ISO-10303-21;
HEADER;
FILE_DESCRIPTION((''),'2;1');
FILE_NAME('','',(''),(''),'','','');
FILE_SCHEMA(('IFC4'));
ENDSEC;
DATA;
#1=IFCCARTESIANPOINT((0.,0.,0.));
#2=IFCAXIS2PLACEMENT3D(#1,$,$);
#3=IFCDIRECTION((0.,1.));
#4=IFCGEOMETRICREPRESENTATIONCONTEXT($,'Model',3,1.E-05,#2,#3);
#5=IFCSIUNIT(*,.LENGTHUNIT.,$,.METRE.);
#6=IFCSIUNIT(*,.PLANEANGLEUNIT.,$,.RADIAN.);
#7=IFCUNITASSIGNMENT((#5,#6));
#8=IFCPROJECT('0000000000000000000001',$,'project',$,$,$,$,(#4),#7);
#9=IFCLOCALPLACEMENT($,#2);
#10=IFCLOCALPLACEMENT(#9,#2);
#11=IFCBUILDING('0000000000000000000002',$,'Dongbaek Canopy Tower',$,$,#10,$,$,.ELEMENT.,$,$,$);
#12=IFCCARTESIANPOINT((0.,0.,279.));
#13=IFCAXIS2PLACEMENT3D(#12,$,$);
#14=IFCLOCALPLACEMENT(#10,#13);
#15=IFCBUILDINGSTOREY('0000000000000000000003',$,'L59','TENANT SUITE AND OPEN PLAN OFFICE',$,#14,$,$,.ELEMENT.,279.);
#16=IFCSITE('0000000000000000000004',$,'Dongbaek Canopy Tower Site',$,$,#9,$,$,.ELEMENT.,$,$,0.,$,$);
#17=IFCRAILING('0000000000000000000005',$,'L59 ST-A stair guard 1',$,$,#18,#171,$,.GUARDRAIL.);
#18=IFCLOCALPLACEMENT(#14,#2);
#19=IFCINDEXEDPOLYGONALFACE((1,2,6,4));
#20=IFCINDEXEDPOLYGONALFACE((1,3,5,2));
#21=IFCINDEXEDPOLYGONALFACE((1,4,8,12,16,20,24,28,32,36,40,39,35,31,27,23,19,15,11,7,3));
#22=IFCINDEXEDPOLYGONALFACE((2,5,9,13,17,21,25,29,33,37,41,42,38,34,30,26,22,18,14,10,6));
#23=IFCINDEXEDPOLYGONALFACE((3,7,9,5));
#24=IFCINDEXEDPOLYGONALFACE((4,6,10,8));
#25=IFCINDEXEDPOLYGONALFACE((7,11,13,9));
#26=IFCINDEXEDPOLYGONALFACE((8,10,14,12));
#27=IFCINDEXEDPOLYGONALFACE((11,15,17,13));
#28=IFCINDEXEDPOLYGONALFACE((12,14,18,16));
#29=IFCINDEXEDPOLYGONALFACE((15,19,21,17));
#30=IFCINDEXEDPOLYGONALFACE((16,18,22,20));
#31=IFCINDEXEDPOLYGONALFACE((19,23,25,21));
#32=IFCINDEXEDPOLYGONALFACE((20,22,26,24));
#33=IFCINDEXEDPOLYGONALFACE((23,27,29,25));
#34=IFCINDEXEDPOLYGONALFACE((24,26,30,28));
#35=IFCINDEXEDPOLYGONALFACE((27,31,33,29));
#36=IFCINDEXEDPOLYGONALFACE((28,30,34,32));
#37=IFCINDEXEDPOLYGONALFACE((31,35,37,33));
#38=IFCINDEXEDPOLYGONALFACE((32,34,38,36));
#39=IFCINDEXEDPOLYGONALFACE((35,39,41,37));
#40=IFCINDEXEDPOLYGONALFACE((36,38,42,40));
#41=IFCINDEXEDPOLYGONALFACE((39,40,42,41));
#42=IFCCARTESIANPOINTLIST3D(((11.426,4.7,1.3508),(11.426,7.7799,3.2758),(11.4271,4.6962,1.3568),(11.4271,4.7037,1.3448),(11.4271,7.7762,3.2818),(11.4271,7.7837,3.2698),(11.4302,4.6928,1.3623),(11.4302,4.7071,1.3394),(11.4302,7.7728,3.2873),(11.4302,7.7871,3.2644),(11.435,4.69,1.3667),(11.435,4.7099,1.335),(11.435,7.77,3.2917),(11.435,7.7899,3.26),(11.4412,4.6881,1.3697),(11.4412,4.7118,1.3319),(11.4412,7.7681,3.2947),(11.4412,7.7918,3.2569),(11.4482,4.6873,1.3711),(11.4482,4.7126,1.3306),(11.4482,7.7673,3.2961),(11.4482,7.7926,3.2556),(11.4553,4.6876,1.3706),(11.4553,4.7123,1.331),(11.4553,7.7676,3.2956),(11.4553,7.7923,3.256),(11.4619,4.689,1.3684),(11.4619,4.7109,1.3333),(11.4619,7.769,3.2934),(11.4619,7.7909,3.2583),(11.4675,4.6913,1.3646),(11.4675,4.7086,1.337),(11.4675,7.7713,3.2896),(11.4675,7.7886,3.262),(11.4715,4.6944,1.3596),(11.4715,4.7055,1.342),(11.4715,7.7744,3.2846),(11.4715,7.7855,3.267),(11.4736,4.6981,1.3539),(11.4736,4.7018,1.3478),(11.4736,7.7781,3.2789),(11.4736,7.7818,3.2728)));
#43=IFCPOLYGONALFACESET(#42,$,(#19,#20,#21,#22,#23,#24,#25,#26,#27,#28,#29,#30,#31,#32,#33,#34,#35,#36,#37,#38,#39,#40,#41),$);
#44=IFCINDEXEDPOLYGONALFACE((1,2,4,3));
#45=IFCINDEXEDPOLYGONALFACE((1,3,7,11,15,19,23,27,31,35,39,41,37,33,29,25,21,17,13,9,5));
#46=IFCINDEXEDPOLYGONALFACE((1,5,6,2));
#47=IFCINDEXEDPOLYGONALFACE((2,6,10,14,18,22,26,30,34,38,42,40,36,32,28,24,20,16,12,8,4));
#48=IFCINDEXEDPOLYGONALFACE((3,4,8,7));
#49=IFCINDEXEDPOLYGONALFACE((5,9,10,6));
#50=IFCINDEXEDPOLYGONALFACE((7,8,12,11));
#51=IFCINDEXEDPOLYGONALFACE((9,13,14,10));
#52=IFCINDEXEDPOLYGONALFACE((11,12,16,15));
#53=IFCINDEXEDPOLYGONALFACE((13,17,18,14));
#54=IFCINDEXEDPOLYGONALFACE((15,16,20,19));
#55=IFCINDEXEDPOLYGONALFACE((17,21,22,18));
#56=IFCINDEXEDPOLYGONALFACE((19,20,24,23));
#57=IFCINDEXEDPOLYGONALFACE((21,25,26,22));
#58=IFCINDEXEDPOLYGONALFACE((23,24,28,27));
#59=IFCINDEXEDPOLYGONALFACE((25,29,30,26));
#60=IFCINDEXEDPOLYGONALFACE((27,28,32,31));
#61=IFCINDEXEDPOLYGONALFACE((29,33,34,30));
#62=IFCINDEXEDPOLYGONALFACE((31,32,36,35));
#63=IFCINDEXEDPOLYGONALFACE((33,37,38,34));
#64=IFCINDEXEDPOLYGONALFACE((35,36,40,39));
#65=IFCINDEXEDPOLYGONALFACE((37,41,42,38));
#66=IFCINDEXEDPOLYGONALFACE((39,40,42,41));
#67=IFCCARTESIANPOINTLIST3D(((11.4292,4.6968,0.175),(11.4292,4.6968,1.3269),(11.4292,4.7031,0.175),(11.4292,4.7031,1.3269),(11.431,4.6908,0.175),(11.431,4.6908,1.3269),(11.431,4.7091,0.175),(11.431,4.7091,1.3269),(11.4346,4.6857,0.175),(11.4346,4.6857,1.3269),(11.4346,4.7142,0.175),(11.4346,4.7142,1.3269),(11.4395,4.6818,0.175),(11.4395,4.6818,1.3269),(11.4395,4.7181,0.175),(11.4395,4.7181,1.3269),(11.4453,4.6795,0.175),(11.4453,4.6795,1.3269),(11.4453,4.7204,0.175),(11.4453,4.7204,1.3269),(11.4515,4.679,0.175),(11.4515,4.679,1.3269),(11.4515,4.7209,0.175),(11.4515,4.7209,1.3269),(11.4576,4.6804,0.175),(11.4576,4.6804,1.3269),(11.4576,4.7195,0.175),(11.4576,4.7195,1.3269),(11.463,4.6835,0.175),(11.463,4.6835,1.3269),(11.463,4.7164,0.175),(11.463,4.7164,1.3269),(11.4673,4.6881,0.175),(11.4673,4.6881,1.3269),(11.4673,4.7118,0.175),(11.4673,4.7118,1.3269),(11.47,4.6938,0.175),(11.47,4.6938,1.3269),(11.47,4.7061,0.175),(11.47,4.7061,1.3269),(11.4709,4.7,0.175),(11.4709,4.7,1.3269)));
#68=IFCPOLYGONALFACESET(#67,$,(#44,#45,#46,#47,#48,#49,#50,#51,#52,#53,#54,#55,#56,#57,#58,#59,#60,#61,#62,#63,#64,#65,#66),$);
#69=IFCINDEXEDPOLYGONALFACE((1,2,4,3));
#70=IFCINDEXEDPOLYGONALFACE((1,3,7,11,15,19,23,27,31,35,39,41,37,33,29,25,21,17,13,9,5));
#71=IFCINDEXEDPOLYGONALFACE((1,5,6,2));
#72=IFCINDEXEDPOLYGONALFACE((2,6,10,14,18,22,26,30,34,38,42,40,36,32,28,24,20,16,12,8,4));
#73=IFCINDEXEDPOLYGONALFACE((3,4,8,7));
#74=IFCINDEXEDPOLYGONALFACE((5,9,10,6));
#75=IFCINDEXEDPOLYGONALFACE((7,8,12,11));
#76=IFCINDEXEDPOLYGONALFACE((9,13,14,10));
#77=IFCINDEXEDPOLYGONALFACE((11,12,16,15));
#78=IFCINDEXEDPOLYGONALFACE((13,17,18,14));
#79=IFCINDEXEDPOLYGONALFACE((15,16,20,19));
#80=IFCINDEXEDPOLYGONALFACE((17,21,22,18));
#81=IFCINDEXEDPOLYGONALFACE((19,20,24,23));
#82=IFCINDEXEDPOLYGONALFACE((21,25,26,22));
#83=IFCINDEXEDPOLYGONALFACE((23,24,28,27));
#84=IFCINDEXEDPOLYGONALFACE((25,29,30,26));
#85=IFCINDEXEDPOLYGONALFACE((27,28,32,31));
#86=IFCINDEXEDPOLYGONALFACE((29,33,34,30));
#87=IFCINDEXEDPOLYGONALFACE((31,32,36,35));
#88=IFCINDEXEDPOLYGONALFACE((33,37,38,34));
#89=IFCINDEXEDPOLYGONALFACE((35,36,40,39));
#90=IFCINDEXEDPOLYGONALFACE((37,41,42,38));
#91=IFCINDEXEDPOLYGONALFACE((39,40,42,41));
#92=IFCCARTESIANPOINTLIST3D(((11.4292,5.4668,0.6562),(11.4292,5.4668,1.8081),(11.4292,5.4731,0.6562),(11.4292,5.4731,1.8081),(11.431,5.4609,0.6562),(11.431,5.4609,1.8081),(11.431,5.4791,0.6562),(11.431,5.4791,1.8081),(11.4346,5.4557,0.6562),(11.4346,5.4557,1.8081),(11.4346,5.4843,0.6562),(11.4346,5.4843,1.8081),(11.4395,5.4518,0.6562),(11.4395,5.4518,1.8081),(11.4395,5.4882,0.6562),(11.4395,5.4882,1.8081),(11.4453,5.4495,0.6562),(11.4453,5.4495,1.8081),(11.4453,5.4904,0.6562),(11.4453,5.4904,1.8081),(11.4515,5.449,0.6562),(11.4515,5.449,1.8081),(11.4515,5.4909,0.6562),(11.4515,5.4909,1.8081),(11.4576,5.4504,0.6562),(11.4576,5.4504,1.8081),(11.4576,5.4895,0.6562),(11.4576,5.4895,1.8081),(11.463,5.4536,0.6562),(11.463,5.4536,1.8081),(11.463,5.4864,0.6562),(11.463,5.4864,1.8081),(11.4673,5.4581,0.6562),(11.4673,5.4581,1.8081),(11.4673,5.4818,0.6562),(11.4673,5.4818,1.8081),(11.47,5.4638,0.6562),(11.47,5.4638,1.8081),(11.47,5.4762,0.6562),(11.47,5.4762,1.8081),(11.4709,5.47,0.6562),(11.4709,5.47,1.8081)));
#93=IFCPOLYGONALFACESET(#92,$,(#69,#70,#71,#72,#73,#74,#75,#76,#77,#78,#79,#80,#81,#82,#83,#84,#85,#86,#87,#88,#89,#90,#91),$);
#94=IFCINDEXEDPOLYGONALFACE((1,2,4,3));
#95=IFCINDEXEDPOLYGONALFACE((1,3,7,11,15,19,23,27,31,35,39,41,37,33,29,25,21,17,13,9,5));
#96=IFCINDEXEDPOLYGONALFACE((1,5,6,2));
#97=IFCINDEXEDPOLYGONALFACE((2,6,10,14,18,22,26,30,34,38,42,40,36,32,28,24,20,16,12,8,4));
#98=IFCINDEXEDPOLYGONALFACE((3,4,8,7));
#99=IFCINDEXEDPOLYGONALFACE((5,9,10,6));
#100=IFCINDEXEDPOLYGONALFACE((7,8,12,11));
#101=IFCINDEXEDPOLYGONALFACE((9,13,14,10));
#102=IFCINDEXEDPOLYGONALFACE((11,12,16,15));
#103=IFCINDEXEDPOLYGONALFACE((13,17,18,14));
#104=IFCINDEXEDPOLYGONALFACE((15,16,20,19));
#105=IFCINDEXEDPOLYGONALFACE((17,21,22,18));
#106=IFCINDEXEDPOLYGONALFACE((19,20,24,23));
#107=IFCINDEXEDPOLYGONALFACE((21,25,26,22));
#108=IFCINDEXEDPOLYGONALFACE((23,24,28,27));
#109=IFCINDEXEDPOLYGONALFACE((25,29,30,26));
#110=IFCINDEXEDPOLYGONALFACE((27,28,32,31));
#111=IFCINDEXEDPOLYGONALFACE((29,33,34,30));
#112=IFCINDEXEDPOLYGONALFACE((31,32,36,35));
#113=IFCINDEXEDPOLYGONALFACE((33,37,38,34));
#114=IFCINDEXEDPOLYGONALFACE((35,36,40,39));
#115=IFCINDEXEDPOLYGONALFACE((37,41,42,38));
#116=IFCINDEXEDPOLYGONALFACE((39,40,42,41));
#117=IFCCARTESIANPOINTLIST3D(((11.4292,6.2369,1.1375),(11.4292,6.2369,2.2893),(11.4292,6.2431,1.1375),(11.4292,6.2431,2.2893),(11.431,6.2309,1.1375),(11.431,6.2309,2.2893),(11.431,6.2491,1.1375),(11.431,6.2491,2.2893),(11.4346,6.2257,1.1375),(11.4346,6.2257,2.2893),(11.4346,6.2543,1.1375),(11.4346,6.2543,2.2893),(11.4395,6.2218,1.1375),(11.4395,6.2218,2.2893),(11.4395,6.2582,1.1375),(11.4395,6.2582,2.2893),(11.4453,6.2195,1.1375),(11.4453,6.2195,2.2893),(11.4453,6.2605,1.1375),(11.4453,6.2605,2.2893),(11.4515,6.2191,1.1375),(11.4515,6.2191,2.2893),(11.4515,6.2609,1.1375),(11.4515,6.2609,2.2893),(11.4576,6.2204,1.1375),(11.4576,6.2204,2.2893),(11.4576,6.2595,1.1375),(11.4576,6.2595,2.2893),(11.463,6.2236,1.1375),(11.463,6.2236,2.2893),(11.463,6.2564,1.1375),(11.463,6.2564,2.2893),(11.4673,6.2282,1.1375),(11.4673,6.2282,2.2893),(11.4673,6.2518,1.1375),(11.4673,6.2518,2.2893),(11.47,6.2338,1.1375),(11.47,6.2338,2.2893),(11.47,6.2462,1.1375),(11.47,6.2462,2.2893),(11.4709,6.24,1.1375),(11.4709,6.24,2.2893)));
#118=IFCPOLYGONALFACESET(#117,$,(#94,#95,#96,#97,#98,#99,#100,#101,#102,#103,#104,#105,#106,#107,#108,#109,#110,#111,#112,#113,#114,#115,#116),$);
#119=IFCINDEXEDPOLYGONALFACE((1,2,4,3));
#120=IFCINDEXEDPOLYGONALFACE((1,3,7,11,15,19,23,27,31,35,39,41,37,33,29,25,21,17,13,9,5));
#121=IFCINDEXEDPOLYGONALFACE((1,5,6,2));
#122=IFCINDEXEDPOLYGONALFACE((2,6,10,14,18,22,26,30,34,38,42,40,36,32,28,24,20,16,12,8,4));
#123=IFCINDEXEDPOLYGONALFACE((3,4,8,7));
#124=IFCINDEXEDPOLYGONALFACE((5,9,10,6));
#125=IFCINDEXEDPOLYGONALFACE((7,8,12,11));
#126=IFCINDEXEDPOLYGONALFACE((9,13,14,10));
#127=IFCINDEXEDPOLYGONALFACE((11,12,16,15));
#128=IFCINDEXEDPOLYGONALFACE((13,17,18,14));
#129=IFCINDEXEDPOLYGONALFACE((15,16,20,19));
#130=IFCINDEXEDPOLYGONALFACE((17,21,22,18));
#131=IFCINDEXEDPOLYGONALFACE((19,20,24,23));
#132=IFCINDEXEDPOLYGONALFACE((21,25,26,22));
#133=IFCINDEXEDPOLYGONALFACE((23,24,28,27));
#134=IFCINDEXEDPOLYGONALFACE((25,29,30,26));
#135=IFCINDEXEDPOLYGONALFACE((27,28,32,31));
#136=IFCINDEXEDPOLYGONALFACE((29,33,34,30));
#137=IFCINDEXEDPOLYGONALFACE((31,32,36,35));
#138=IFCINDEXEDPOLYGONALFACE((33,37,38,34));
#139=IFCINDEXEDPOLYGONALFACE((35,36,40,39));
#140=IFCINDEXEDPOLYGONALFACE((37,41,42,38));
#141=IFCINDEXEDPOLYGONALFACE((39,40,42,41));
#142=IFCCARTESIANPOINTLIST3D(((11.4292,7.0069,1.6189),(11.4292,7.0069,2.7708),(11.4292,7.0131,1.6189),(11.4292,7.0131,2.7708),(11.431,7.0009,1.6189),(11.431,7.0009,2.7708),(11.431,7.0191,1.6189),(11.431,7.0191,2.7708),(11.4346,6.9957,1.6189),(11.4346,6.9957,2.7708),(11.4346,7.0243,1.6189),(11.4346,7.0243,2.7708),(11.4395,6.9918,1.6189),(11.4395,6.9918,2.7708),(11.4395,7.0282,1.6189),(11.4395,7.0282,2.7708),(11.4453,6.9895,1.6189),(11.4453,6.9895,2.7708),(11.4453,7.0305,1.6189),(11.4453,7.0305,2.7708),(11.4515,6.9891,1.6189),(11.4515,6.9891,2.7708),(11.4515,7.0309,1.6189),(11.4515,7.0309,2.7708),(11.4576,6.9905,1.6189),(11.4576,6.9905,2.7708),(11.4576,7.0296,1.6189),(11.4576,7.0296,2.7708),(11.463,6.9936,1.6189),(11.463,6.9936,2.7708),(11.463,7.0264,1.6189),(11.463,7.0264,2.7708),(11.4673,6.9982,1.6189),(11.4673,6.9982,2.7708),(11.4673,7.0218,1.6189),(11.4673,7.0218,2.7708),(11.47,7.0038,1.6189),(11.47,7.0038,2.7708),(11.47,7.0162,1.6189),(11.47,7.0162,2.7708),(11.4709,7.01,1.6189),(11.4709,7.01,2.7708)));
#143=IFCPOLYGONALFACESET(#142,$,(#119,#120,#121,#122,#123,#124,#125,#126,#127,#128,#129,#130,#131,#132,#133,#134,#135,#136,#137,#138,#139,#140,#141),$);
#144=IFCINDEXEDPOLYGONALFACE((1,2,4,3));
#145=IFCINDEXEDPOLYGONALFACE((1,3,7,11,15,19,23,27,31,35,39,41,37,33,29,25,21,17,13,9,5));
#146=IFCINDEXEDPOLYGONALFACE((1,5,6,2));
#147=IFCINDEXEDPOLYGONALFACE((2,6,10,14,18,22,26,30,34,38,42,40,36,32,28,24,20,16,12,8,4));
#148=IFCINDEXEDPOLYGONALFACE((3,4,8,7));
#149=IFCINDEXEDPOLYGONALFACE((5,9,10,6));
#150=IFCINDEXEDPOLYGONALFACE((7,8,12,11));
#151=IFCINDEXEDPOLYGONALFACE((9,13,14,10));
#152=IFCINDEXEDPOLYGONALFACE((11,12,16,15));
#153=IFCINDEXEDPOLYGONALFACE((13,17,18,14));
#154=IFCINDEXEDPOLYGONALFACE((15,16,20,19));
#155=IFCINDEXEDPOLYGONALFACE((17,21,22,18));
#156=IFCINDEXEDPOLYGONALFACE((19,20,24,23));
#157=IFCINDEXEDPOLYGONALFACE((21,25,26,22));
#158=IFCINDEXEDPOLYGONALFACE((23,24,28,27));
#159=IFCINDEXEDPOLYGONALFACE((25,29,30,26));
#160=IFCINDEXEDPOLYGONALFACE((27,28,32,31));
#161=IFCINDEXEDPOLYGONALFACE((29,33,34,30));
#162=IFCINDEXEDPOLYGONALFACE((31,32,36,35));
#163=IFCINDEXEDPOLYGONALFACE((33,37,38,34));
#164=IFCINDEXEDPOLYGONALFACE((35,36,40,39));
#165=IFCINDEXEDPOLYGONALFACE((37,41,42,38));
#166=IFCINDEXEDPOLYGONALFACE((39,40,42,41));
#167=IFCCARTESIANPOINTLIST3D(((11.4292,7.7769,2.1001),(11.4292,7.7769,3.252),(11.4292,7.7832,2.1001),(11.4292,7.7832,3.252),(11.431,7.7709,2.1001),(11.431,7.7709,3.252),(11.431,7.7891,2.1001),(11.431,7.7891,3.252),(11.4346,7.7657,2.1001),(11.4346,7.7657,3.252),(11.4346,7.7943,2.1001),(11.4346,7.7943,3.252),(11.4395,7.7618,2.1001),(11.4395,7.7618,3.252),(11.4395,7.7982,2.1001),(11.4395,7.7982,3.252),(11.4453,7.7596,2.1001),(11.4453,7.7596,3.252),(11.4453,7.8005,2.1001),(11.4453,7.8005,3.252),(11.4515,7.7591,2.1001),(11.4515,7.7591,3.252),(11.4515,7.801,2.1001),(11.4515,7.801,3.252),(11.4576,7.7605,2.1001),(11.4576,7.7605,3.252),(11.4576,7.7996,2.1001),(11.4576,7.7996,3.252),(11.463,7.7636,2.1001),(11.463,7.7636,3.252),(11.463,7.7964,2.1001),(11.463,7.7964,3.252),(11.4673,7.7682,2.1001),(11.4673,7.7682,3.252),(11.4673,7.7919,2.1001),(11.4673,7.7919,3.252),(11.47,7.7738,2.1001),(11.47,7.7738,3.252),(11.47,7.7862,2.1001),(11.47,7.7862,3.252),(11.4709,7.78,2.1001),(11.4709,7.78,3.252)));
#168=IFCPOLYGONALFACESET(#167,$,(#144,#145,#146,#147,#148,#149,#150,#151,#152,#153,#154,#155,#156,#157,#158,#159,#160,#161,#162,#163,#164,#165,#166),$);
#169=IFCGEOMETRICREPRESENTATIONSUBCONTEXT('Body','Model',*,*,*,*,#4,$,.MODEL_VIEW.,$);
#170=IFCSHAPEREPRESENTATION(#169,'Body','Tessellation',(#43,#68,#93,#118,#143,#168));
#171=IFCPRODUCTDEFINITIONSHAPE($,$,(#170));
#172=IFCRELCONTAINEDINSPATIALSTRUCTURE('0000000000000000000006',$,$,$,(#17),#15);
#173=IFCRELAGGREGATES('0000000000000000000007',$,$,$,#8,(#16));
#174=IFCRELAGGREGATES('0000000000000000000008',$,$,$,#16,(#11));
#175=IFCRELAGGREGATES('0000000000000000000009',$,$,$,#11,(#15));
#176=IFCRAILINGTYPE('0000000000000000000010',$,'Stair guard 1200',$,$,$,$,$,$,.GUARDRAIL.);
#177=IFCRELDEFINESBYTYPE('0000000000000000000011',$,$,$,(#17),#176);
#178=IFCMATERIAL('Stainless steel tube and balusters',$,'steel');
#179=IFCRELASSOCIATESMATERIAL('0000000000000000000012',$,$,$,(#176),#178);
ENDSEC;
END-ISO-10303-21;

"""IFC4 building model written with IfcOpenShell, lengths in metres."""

from ifc_helpers import new_model, si_unit, direction, frame, origin, origin_2d, place, context, subcontext, project, spatial, circle, extrude, material, type_object, element, save


model = new_model("IFC4")

# Units and contexts
model_context = context("Model", 3, precision=1e-05, world=origin(), true_north=direction((0.0, 1.0)))
body_context = subcontext(model_context, "Body", "Model", "MODEL_VIEW")
ifc_project = project(units=[si_unit("LENGTHUNIT", "METRE"), si_unit("PLANEANGLEUNIT", "RADIAN")], contexts=[model_context])

# Site, building, storey
site_placement = place(None, origin())
site = spatial("IfcSite", under=ifc_project, at=site_placement, Name="Dongbaek Canopy Tower Site", CompositionType="ELEMENT", RefElevation=0.0)
building_placement = place(site_placement, origin())
building = spatial("IfcBuilding", under=site, at=building_placement, Name="Dongbaek Canopy Tower", CompositionType="ELEMENT")
storey_placement = place(building_placement, frame((0.0, 0.0, 279.0)))
storey = spatial("IfcBuildingStorey", under=building, at=storey_placement, Name="L59", Description="TENANT SUITE AND OPEN PLAN OFFICE", CompositionType="ELEMENT", Elevation=279.0)

# Railing
ifc_material_1 = material(Name="Stainless steel tube and balusters", Category="steel")
railing_type_1 = type_object("IfcRailingType", Name="Stair guard 1200", PredefinedType="GUARDRAIL", material=ifc_material_1)
railing_1_placement = place(storey_placement, frame((11.45, 4.7, 0.175)))
element("IfcRailing", 1, at=railing_1_placement, inside=storey, type_object=railing_type_1, Name="L59 ST-A stair guard 1", PredefinedType="GUARDRAIL", context=body_context, shape_type="SweptSolid", body=[
    extrude(circle(Radius=0.0239, at=origin_2d()), frame((0.0, 0.0, 1.1758), z_axis=(0.0, 0.847998, 0.529999), x_axis=(-1.0, 0.0, 0.0)), (0.0, 0.0, 1.0), 3.6321),
    extrude(circle(Radius=0.021, at=origin_2d()), origin(), (0.0, 0.0, 1.0), 1.1519),
    extrude(circle(Radius=0.021, at=origin_2d()), frame((0.0, 0.77, 0.4812)), (0.0, 0.0, 1.0), 1.1519),
    extrude(circle(Radius=0.021, at=origin_2d()), frame((0.0, 1.54, 0.9624)), (0.0, 0.0, 1.0), 1.1519),
    extrude(circle(Radius=0.021, at=origin_2d()), frame((0.0, 2.3101, 1.4438)), (0.0, 0.0, 1.0), 1.1519),
    extrude(circle(Radius=0.021, at=origin_2d()), frame((0.0, 3.0801, 1.925)), (0.0, 0.0, 1.0), 1.1519),
])

save(model, "model.ifc")
